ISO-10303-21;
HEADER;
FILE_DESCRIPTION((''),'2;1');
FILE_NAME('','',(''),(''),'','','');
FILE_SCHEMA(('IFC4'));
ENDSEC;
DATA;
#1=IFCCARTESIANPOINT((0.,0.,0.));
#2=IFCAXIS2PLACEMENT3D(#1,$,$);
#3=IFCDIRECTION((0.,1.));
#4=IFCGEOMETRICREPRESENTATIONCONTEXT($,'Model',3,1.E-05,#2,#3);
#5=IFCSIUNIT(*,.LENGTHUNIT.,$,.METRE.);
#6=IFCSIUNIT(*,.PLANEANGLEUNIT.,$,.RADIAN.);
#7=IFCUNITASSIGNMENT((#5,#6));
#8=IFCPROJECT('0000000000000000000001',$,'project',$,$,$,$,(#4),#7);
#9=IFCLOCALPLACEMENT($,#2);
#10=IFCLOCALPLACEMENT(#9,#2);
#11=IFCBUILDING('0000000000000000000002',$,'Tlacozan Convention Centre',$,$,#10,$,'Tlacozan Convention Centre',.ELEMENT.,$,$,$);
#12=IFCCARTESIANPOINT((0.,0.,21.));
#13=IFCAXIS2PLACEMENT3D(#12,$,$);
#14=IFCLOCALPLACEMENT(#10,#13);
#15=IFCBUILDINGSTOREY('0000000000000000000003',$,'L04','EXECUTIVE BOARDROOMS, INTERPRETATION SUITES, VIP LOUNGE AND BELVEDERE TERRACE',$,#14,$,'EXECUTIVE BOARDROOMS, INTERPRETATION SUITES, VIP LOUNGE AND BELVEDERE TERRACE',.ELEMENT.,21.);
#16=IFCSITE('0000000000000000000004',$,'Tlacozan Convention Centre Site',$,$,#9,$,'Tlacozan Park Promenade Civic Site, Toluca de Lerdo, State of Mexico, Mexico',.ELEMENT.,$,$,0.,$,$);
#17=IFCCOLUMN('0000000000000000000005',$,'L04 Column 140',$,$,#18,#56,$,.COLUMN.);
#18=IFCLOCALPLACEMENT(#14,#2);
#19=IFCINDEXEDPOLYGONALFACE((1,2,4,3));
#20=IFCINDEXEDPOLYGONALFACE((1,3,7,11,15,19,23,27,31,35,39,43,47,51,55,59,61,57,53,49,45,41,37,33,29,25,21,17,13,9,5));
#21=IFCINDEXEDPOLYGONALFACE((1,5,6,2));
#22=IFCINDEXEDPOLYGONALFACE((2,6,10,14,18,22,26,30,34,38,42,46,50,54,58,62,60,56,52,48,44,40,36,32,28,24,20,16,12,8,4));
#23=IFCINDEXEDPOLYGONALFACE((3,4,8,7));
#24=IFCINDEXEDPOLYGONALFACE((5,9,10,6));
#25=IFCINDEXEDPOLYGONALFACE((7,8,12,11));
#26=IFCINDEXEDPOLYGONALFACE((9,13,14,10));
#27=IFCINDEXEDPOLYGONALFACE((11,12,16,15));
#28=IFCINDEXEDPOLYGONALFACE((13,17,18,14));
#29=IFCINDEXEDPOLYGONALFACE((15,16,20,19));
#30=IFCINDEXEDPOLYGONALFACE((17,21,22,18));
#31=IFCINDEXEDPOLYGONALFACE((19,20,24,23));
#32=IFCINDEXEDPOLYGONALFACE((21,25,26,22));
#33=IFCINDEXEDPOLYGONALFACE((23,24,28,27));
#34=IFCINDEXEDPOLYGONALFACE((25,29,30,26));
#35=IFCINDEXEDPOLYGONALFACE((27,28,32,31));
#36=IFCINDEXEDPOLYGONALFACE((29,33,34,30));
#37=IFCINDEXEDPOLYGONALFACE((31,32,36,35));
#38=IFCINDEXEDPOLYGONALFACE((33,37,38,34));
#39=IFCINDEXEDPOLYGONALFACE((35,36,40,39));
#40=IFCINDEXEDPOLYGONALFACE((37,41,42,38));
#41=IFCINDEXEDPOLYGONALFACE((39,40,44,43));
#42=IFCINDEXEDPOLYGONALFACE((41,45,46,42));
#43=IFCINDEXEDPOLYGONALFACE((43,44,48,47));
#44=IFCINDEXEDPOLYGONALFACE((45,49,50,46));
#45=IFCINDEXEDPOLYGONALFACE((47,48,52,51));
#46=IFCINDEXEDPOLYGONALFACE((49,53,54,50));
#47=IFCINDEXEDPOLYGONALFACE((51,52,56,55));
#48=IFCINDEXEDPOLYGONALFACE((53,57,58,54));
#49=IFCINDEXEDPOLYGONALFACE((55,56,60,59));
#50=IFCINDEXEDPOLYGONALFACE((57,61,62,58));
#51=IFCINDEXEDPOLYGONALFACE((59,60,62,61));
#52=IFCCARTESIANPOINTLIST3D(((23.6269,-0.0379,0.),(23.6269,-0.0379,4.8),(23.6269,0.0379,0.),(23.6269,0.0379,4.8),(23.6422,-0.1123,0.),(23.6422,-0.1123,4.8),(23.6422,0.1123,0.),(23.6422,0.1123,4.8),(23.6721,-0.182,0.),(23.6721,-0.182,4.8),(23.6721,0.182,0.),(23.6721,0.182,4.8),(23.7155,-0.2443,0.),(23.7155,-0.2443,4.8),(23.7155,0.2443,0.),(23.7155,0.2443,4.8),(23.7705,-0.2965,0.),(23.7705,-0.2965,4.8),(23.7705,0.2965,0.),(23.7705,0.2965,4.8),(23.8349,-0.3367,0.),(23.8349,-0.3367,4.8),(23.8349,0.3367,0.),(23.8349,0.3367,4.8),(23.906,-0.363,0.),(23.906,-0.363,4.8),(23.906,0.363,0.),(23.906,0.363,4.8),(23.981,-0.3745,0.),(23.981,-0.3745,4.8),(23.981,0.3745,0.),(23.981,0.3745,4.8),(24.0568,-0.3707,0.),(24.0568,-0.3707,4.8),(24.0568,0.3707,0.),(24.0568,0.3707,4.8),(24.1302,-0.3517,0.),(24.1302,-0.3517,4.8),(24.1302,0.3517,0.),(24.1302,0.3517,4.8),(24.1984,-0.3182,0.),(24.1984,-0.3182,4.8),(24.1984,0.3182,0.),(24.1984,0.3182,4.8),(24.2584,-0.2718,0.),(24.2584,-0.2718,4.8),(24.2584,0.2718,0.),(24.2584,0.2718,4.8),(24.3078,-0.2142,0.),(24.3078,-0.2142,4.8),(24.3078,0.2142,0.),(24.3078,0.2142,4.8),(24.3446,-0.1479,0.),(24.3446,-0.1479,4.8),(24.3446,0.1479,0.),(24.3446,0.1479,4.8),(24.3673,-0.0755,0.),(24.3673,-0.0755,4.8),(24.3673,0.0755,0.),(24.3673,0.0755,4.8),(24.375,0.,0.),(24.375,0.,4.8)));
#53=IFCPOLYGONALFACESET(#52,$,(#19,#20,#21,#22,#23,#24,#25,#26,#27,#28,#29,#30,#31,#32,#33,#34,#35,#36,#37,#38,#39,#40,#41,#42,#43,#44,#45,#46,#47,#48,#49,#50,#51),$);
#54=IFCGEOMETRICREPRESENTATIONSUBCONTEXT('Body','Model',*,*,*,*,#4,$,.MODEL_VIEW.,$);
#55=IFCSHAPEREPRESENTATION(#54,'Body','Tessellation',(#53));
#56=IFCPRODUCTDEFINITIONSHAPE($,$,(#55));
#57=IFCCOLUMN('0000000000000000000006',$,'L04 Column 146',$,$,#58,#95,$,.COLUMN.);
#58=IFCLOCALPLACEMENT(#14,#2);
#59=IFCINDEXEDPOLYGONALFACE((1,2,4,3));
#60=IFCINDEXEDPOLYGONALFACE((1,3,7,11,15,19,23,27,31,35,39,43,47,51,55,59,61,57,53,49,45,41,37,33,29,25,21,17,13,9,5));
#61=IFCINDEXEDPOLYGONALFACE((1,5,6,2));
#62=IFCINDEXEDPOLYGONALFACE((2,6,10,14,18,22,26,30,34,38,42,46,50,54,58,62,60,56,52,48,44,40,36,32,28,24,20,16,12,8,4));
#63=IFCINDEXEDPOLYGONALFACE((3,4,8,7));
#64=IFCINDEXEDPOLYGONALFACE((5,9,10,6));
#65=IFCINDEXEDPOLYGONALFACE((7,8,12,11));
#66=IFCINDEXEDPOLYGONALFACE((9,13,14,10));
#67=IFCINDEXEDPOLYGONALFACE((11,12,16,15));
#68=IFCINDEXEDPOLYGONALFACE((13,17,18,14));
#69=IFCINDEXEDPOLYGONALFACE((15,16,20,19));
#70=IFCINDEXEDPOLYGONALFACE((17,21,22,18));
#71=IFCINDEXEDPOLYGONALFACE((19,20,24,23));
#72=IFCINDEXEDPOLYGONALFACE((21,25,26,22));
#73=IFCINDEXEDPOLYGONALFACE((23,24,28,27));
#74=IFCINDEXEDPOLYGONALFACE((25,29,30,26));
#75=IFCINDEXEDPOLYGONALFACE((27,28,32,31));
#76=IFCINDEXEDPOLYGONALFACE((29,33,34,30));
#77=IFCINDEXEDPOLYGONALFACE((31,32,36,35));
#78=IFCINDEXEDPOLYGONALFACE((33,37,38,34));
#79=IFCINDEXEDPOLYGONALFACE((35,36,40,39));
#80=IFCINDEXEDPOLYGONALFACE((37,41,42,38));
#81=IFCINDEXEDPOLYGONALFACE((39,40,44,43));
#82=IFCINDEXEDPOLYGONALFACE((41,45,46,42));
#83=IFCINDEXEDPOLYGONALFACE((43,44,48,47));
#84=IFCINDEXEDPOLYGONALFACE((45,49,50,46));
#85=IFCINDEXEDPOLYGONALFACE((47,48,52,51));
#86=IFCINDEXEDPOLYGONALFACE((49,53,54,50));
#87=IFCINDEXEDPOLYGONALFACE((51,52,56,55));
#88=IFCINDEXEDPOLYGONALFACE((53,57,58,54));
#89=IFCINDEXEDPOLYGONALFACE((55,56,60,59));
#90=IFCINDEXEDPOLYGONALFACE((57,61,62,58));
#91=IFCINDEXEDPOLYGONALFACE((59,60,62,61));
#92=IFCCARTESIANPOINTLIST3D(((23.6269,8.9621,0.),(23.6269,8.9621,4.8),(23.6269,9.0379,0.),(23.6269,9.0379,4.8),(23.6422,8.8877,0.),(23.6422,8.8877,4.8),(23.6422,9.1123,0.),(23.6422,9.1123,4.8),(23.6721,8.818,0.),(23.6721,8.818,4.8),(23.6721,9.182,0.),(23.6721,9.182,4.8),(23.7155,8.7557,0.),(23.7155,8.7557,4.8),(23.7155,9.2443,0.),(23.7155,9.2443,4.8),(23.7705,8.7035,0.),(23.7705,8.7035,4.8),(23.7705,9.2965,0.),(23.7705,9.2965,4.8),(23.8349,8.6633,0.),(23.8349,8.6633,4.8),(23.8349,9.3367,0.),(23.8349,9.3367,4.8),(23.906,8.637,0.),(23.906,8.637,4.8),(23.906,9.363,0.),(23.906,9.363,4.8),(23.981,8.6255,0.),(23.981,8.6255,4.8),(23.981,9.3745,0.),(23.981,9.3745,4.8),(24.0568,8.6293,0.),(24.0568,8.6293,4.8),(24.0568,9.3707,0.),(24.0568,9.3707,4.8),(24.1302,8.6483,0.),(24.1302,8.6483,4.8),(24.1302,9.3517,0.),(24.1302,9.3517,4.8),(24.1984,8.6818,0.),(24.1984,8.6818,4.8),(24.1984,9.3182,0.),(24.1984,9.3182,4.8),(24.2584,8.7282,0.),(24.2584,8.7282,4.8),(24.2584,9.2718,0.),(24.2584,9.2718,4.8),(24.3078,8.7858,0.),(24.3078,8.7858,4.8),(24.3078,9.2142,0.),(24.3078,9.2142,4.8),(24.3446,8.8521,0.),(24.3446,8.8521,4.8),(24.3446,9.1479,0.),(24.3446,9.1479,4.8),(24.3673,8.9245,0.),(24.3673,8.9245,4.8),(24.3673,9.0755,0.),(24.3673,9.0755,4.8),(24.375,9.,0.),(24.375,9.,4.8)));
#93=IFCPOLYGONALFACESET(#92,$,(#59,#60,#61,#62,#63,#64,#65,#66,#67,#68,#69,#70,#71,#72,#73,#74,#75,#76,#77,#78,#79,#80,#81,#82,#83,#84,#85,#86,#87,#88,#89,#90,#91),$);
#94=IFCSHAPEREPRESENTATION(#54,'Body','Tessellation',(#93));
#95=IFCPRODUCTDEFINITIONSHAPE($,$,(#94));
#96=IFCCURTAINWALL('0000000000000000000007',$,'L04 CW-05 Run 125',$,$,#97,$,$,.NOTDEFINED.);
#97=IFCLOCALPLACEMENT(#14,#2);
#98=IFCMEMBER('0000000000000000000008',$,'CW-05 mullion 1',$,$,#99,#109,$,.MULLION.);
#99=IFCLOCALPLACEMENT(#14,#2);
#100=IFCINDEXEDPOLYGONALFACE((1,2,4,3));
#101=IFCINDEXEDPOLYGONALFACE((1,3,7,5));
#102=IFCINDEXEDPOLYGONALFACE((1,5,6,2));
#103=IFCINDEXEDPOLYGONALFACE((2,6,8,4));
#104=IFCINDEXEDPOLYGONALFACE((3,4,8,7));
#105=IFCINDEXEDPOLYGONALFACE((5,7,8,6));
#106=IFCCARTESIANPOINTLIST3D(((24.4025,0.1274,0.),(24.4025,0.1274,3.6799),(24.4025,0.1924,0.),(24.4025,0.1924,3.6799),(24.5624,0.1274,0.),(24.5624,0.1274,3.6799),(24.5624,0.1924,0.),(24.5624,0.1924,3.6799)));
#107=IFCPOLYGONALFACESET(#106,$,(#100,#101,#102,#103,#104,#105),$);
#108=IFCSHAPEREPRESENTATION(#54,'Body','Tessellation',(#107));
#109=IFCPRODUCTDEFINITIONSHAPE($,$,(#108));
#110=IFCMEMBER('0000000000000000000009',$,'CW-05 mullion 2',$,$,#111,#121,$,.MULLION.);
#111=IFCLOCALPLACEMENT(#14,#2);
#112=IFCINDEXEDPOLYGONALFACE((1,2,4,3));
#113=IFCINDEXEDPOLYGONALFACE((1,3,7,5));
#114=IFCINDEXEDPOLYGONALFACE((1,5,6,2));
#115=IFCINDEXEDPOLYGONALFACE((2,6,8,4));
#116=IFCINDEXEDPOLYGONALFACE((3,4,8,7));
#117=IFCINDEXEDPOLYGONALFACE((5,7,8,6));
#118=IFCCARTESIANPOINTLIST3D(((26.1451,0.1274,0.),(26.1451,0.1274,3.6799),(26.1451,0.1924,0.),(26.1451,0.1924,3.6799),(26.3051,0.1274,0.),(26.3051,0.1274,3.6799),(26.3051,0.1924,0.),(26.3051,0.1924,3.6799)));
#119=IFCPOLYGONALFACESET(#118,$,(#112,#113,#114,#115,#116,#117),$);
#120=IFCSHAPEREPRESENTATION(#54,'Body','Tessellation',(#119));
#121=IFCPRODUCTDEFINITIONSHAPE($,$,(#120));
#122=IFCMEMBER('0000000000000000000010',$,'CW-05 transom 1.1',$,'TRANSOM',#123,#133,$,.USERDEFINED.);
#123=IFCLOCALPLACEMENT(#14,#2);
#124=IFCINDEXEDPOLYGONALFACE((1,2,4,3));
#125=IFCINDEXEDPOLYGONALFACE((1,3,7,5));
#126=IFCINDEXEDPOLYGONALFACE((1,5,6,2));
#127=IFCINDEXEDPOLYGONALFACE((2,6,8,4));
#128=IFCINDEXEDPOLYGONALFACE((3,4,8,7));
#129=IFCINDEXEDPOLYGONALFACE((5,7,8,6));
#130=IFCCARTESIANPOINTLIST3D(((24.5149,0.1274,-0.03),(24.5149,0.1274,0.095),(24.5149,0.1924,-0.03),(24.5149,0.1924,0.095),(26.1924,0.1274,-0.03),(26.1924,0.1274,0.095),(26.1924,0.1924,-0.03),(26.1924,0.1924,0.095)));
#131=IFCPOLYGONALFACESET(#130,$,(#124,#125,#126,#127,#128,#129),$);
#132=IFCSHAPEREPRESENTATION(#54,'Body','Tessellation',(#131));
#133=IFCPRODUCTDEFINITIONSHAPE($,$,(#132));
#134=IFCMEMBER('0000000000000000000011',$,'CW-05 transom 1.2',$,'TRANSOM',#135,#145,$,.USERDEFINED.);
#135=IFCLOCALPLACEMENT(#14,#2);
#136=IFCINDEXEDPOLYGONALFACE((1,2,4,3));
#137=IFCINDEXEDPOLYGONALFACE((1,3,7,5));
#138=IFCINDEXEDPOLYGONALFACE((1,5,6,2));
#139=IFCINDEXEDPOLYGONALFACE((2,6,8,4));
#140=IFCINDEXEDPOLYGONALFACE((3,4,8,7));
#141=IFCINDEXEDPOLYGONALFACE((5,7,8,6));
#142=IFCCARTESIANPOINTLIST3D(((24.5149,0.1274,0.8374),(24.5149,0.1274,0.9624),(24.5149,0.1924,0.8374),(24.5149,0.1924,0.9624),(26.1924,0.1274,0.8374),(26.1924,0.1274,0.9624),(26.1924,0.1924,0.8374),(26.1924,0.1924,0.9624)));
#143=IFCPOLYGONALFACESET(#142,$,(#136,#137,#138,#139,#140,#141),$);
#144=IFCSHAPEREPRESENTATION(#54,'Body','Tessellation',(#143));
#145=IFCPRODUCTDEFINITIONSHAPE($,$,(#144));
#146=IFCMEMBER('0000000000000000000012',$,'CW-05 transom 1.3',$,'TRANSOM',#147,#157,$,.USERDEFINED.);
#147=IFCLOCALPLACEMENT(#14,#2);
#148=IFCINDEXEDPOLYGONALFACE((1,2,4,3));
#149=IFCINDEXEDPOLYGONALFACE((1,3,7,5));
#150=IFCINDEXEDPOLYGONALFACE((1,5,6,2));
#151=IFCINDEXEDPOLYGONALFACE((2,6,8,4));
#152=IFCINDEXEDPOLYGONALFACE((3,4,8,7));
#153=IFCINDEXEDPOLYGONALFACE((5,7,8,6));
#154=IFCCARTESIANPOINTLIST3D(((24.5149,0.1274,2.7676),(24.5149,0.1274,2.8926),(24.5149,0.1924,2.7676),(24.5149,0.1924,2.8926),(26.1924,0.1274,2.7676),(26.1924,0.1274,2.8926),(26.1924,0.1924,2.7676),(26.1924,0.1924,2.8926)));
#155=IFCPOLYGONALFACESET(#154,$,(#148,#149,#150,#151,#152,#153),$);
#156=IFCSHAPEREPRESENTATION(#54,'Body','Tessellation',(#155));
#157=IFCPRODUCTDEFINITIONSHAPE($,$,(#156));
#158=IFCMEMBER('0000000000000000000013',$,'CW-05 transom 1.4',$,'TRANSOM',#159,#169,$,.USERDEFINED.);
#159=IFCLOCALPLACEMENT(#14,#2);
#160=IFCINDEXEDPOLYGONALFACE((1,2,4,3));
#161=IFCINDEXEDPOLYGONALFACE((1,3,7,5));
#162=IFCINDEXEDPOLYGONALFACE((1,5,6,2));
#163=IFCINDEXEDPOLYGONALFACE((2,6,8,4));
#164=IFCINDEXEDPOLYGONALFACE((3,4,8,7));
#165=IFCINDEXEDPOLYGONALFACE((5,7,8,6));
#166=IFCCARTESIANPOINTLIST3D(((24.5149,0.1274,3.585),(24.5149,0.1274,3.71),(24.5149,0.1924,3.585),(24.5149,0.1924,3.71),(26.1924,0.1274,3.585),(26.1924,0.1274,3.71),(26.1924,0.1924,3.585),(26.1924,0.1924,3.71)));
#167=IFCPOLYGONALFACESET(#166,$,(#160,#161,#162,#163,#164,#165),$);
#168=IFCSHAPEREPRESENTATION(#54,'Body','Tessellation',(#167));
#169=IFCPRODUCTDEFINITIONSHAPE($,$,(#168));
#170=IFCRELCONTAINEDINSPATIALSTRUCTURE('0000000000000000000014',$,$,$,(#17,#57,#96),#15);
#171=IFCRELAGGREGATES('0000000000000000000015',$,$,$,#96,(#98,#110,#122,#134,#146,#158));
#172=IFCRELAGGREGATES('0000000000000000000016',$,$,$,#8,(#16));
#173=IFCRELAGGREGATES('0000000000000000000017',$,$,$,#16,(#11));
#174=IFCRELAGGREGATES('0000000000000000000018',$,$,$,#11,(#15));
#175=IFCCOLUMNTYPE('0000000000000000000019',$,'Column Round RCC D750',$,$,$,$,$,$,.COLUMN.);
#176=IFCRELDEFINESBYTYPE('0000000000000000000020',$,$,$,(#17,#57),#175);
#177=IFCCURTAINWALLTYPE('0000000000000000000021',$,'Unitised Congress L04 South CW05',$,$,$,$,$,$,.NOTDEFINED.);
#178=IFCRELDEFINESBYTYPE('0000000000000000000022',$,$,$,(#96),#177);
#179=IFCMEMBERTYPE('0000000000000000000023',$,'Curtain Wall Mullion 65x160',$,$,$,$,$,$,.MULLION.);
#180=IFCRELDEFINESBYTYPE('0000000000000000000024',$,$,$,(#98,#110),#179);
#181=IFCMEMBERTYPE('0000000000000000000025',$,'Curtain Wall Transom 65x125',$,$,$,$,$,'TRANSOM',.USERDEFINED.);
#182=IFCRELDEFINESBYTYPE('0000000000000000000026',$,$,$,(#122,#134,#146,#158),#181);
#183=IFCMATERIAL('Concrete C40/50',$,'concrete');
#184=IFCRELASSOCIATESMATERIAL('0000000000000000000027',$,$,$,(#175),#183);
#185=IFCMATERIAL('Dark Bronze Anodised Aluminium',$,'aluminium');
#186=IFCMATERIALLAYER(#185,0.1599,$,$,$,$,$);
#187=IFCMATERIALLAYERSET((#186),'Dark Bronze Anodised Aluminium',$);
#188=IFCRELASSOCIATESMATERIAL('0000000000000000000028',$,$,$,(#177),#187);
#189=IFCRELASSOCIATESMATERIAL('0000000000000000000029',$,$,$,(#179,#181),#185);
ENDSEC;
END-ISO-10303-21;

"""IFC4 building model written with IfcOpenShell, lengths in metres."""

from ifc_helpers import new_model, si_unit, direction, frame, origin, origin_2d, place, context, subcontext, project, spatial, rectangle, circle, extrude, material, layer, layer_set, material_profile, profile_set, type_object, element, aggregate, save


model = new_model("IFC4")

# Units and contexts
model_context = context("Model", 3, precision=1e-05, world=origin(), true_north=direction((0.0, 1.0)))
body_context = subcontext(model_context, "Body", "Model", "MODEL_VIEW")
ifc_project = project(units=[si_unit("LENGTHUNIT", "METRE"), si_unit("PLANEANGLEUNIT", "RADIAN")], contexts=[model_context])

# Site, building, storey
site_placement = place(None, origin())
site = spatial("IfcSite", under=ifc_project, at=site_placement, Name="Tlacozan Convention Centre Site", LongName="Tlacozan Park Promenade Civic Site, Toluca de Lerdo, State of Mexico, Mexico", CompositionType="ELEMENT", RefElevation=0.0)
building_placement = place(site_placement, origin())
building = spatial("IfcBuilding", under=site, at=building_placement, Name="Tlacozan Convention Centre", LongName="Tlacozan Convention Centre", CompositionType="ELEMENT")
storey_placement = place(building_placement, frame((0.0, 0.0, 21.0)))
storey = spatial("IfcBuildingStorey", under=building, at=storey_placement, Name="L04", Description="EXECUTIVE BOARDROOMS, INTERPRETATION SUITES, VIP LOUNGE AND BELVEDERE TERRACE", LongName="EXECUTIVE BOARDROOMS, INTERPRETATION SUITES, VIP LOUNGE AND BELVEDERE TERRACE", CompositionType="ELEMENT", Elevation=21.0)

# Columns
ifc_material_1 = material(Name="Concrete C40/50", Category="concrete")
ifc_material_profile_1 = material_profile(ifc_material_1, circle(Radius=0.375, at=origin_2d()), Name="RCC D750")
ifc_profile_set_1 = profile_set([ifc_material_profile_1], Name="Concrete C40/50")
column_type = type_object("IfcColumnType", Name="Column Round RCC D750", PredefinedType="COLUMN", material=ifc_profile_set_1)
for number, where, z_axis, x_axis, name in (
    (1, (24.0, 0.0, 0.0), (0.0, 0.0, 1.0), (1.0, 0.0, 0.0), "L04 Column 140"),
    (2, (24.0, 9.0, 0.0), (0.0, 0.0, 1.0), (1.0, 0.0, 0.0), "L04 Column 146"),
):
    element("IfcColumn", number, at=place(storey_placement, frame(where, z_axis=z_axis, x_axis=x_axis)), inside=storey, type_object=column_type, Name=name, PredefinedType="COLUMN", context=body_context, shape_type="SweptSolid", body=[
        extrude(circle(Radius=0.375, at=origin_2d()), origin(), (0.0, 0.0, 1.0), 4.8),
    ])

# Curtain wall, members
ifc_material_2 = material(Name="Dark Bronze Anodised Aluminium", Category="aluminium")
ifc_layer_1 = layer(ifc_material_2, 0.1599)
ifc_layer_set_1 = layer_set([ifc_layer_1], Name="Dark Bronze Anodised Aluminium")
curtain_wall_type = type_object("IfcCurtainWallType", Name="Unitised Congress L04 South CW05", PredefinedType="NOTDEFINED", material=ifc_layer_set_1)
curtain_wall_placement = place(storey_placement, origin())
curtain_wall = element("IfcCurtainWall", 3, at=curtain_wall_placement, inside=storey, type_object=curtain_wall_type, Name="L04 CW-05 Run 125", PredefinedType="NOTDEFINED")
ifc_material_profile_2 = material_profile(ifc_material_2, rectangle(XDim=0.0649, YDim=0.1599, at=origin_2d()), Name="ALU 65x160")
ifc_profile_set_2 = profile_set([ifc_material_profile_2], Name="Dark Bronze Anodised Aluminium")
member_type_1 = type_object("IfcMemberType", Name="Curtain Wall Mullion 65x160", PredefinedType="MULLION", material=ifc_profile_set_2)
member_1_placement = place(storey_placement, frame((24.4824, 0.1599, 0.0), z_axis=(0.0, 0.0, 1.0), x_axis=(0.0, 1.0, 0.0)))
member_1 = element("IfcMember", 4, at=member_1_placement, type_object=member_type_1, Name="CW-05 mullion 1", PredefinedType="MULLION", context=body_context, shape_type="SweptSolid", body=[
    extrude(rectangle(XDim=0.0649, YDim=0.1599, at=origin_2d()), origin(), (0.0, 0.0, 1.0), 3.6799),
])
member_2_placement = place(storey_placement, frame((26.2251, 0.1599, 0.0), z_axis=(0.0, 0.0, 1.0), x_axis=(0.0, 1.0, 0.0)))
member_2 = element("IfcMember", 5, at=member_2_placement, type_object=member_type_1, Name="CW-05 mullion 2", PredefinedType="MULLION", context=body_context, shape_type="SweptSolid", body=[
    extrude(rectangle(XDim=0.0649, YDim=0.1599, at=origin_2d()), origin(), (0.0, 0.0, 1.0), 3.6799),
])
ifc_material_profile_3 = material_profile(ifc_material_2, rectangle(XDim=0.0649, YDim=0.125, at=origin_2d()), Name="ALU 65x125")
ifc_profile_set_3 = profile_set([ifc_material_profile_3], Name="Dark Bronze Anodised Aluminium")
member_type_2 = type_object("IfcMemberType", Name="Curtain Wall Transom 65x125", ElementType="TRANSOM", PredefinedType="USERDEFINED", material=ifc_profile_set_3)
member_3_placement = place(storey_placement, frame((24.5149, 0.1599, 0.0325), z_axis=(1.0, 0.0, 0.0), x_axis=(0.0, 1.0, 0.0)))
member_3 = element("IfcMember", 6, at=member_3_placement, type_object=member_type_2, Name="CW-05 transom 1.1", ObjectType="TRANSOM", PredefinedType="USERDEFINED", context=body_context, shape_type="SweptSolid", body=[
    extrude(rectangle(XDim=0.0649, YDim=0.125, at=origin_2d()), origin(), (0.0, 0.0, 1.0), 1.6775),
])
member_4_placement = place(storey_placement, frame((24.5149, 0.1599, 0.8999), z_axis=(1.0, 0.0, 0.0), x_axis=(0.0, 1.0, 0.0)))
member_4 = element("IfcMember", 7, at=member_4_placement, type_object=member_type_2, Name="CW-05 transom 1.2", ObjectType="TRANSOM", PredefinedType="USERDEFINED", context=body_context, shape_type="SweptSolid", body=[
    extrude(rectangle(XDim=0.0649, YDim=0.125, at=origin_2d()), origin(), (0.0, 0.0, 1.0), 1.6775),
])
member_5_placement = place(storey_placement, frame((24.5149, 0.1599, 2.8301), z_axis=(1.0, 0.0, 0.0), x_axis=(0.0, 1.0, 0.0)))
member_5 = element("IfcMember", 8, at=member_5_placement, type_object=member_type_2, Name="CW-05 transom 1.3", ObjectType="TRANSOM", PredefinedType="USERDEFINED", context=body_context, shape_type="SweptSolid", body=[
    extrude(rectangle(XDim=0.0649, YDim=0.125, at=origin_2d()), origin(), (0.0, 0.0, 1.0), 1.6775),
])
member_6_placement = place(storey_placement, frame((24.5149, 0.1599, 3.6475), z_axis=(1.0, 0.0, 0.0), x_axis=(0.0, 1.0, 0.0)))
member_6 = element("IfcMember", 9, at=member_6_placement, type_object=member_type_2, Name="CW-05 transom 1.4", ObjectType="TRANSOM", PredefinedType="USERDEFINED", context=body_context, shape_type="SweptSolid", body=[
    extrude(rectangle(XDim=0.0649, YDim=0.125, at=origin_2d()), origin(), (0.0, 0.0, 1.0), 1.6775),
])

aggregate(curtain_wall, [member_1, member_2, member_3, member_4, member_5, member_6])

save(model, "model.ifc")
